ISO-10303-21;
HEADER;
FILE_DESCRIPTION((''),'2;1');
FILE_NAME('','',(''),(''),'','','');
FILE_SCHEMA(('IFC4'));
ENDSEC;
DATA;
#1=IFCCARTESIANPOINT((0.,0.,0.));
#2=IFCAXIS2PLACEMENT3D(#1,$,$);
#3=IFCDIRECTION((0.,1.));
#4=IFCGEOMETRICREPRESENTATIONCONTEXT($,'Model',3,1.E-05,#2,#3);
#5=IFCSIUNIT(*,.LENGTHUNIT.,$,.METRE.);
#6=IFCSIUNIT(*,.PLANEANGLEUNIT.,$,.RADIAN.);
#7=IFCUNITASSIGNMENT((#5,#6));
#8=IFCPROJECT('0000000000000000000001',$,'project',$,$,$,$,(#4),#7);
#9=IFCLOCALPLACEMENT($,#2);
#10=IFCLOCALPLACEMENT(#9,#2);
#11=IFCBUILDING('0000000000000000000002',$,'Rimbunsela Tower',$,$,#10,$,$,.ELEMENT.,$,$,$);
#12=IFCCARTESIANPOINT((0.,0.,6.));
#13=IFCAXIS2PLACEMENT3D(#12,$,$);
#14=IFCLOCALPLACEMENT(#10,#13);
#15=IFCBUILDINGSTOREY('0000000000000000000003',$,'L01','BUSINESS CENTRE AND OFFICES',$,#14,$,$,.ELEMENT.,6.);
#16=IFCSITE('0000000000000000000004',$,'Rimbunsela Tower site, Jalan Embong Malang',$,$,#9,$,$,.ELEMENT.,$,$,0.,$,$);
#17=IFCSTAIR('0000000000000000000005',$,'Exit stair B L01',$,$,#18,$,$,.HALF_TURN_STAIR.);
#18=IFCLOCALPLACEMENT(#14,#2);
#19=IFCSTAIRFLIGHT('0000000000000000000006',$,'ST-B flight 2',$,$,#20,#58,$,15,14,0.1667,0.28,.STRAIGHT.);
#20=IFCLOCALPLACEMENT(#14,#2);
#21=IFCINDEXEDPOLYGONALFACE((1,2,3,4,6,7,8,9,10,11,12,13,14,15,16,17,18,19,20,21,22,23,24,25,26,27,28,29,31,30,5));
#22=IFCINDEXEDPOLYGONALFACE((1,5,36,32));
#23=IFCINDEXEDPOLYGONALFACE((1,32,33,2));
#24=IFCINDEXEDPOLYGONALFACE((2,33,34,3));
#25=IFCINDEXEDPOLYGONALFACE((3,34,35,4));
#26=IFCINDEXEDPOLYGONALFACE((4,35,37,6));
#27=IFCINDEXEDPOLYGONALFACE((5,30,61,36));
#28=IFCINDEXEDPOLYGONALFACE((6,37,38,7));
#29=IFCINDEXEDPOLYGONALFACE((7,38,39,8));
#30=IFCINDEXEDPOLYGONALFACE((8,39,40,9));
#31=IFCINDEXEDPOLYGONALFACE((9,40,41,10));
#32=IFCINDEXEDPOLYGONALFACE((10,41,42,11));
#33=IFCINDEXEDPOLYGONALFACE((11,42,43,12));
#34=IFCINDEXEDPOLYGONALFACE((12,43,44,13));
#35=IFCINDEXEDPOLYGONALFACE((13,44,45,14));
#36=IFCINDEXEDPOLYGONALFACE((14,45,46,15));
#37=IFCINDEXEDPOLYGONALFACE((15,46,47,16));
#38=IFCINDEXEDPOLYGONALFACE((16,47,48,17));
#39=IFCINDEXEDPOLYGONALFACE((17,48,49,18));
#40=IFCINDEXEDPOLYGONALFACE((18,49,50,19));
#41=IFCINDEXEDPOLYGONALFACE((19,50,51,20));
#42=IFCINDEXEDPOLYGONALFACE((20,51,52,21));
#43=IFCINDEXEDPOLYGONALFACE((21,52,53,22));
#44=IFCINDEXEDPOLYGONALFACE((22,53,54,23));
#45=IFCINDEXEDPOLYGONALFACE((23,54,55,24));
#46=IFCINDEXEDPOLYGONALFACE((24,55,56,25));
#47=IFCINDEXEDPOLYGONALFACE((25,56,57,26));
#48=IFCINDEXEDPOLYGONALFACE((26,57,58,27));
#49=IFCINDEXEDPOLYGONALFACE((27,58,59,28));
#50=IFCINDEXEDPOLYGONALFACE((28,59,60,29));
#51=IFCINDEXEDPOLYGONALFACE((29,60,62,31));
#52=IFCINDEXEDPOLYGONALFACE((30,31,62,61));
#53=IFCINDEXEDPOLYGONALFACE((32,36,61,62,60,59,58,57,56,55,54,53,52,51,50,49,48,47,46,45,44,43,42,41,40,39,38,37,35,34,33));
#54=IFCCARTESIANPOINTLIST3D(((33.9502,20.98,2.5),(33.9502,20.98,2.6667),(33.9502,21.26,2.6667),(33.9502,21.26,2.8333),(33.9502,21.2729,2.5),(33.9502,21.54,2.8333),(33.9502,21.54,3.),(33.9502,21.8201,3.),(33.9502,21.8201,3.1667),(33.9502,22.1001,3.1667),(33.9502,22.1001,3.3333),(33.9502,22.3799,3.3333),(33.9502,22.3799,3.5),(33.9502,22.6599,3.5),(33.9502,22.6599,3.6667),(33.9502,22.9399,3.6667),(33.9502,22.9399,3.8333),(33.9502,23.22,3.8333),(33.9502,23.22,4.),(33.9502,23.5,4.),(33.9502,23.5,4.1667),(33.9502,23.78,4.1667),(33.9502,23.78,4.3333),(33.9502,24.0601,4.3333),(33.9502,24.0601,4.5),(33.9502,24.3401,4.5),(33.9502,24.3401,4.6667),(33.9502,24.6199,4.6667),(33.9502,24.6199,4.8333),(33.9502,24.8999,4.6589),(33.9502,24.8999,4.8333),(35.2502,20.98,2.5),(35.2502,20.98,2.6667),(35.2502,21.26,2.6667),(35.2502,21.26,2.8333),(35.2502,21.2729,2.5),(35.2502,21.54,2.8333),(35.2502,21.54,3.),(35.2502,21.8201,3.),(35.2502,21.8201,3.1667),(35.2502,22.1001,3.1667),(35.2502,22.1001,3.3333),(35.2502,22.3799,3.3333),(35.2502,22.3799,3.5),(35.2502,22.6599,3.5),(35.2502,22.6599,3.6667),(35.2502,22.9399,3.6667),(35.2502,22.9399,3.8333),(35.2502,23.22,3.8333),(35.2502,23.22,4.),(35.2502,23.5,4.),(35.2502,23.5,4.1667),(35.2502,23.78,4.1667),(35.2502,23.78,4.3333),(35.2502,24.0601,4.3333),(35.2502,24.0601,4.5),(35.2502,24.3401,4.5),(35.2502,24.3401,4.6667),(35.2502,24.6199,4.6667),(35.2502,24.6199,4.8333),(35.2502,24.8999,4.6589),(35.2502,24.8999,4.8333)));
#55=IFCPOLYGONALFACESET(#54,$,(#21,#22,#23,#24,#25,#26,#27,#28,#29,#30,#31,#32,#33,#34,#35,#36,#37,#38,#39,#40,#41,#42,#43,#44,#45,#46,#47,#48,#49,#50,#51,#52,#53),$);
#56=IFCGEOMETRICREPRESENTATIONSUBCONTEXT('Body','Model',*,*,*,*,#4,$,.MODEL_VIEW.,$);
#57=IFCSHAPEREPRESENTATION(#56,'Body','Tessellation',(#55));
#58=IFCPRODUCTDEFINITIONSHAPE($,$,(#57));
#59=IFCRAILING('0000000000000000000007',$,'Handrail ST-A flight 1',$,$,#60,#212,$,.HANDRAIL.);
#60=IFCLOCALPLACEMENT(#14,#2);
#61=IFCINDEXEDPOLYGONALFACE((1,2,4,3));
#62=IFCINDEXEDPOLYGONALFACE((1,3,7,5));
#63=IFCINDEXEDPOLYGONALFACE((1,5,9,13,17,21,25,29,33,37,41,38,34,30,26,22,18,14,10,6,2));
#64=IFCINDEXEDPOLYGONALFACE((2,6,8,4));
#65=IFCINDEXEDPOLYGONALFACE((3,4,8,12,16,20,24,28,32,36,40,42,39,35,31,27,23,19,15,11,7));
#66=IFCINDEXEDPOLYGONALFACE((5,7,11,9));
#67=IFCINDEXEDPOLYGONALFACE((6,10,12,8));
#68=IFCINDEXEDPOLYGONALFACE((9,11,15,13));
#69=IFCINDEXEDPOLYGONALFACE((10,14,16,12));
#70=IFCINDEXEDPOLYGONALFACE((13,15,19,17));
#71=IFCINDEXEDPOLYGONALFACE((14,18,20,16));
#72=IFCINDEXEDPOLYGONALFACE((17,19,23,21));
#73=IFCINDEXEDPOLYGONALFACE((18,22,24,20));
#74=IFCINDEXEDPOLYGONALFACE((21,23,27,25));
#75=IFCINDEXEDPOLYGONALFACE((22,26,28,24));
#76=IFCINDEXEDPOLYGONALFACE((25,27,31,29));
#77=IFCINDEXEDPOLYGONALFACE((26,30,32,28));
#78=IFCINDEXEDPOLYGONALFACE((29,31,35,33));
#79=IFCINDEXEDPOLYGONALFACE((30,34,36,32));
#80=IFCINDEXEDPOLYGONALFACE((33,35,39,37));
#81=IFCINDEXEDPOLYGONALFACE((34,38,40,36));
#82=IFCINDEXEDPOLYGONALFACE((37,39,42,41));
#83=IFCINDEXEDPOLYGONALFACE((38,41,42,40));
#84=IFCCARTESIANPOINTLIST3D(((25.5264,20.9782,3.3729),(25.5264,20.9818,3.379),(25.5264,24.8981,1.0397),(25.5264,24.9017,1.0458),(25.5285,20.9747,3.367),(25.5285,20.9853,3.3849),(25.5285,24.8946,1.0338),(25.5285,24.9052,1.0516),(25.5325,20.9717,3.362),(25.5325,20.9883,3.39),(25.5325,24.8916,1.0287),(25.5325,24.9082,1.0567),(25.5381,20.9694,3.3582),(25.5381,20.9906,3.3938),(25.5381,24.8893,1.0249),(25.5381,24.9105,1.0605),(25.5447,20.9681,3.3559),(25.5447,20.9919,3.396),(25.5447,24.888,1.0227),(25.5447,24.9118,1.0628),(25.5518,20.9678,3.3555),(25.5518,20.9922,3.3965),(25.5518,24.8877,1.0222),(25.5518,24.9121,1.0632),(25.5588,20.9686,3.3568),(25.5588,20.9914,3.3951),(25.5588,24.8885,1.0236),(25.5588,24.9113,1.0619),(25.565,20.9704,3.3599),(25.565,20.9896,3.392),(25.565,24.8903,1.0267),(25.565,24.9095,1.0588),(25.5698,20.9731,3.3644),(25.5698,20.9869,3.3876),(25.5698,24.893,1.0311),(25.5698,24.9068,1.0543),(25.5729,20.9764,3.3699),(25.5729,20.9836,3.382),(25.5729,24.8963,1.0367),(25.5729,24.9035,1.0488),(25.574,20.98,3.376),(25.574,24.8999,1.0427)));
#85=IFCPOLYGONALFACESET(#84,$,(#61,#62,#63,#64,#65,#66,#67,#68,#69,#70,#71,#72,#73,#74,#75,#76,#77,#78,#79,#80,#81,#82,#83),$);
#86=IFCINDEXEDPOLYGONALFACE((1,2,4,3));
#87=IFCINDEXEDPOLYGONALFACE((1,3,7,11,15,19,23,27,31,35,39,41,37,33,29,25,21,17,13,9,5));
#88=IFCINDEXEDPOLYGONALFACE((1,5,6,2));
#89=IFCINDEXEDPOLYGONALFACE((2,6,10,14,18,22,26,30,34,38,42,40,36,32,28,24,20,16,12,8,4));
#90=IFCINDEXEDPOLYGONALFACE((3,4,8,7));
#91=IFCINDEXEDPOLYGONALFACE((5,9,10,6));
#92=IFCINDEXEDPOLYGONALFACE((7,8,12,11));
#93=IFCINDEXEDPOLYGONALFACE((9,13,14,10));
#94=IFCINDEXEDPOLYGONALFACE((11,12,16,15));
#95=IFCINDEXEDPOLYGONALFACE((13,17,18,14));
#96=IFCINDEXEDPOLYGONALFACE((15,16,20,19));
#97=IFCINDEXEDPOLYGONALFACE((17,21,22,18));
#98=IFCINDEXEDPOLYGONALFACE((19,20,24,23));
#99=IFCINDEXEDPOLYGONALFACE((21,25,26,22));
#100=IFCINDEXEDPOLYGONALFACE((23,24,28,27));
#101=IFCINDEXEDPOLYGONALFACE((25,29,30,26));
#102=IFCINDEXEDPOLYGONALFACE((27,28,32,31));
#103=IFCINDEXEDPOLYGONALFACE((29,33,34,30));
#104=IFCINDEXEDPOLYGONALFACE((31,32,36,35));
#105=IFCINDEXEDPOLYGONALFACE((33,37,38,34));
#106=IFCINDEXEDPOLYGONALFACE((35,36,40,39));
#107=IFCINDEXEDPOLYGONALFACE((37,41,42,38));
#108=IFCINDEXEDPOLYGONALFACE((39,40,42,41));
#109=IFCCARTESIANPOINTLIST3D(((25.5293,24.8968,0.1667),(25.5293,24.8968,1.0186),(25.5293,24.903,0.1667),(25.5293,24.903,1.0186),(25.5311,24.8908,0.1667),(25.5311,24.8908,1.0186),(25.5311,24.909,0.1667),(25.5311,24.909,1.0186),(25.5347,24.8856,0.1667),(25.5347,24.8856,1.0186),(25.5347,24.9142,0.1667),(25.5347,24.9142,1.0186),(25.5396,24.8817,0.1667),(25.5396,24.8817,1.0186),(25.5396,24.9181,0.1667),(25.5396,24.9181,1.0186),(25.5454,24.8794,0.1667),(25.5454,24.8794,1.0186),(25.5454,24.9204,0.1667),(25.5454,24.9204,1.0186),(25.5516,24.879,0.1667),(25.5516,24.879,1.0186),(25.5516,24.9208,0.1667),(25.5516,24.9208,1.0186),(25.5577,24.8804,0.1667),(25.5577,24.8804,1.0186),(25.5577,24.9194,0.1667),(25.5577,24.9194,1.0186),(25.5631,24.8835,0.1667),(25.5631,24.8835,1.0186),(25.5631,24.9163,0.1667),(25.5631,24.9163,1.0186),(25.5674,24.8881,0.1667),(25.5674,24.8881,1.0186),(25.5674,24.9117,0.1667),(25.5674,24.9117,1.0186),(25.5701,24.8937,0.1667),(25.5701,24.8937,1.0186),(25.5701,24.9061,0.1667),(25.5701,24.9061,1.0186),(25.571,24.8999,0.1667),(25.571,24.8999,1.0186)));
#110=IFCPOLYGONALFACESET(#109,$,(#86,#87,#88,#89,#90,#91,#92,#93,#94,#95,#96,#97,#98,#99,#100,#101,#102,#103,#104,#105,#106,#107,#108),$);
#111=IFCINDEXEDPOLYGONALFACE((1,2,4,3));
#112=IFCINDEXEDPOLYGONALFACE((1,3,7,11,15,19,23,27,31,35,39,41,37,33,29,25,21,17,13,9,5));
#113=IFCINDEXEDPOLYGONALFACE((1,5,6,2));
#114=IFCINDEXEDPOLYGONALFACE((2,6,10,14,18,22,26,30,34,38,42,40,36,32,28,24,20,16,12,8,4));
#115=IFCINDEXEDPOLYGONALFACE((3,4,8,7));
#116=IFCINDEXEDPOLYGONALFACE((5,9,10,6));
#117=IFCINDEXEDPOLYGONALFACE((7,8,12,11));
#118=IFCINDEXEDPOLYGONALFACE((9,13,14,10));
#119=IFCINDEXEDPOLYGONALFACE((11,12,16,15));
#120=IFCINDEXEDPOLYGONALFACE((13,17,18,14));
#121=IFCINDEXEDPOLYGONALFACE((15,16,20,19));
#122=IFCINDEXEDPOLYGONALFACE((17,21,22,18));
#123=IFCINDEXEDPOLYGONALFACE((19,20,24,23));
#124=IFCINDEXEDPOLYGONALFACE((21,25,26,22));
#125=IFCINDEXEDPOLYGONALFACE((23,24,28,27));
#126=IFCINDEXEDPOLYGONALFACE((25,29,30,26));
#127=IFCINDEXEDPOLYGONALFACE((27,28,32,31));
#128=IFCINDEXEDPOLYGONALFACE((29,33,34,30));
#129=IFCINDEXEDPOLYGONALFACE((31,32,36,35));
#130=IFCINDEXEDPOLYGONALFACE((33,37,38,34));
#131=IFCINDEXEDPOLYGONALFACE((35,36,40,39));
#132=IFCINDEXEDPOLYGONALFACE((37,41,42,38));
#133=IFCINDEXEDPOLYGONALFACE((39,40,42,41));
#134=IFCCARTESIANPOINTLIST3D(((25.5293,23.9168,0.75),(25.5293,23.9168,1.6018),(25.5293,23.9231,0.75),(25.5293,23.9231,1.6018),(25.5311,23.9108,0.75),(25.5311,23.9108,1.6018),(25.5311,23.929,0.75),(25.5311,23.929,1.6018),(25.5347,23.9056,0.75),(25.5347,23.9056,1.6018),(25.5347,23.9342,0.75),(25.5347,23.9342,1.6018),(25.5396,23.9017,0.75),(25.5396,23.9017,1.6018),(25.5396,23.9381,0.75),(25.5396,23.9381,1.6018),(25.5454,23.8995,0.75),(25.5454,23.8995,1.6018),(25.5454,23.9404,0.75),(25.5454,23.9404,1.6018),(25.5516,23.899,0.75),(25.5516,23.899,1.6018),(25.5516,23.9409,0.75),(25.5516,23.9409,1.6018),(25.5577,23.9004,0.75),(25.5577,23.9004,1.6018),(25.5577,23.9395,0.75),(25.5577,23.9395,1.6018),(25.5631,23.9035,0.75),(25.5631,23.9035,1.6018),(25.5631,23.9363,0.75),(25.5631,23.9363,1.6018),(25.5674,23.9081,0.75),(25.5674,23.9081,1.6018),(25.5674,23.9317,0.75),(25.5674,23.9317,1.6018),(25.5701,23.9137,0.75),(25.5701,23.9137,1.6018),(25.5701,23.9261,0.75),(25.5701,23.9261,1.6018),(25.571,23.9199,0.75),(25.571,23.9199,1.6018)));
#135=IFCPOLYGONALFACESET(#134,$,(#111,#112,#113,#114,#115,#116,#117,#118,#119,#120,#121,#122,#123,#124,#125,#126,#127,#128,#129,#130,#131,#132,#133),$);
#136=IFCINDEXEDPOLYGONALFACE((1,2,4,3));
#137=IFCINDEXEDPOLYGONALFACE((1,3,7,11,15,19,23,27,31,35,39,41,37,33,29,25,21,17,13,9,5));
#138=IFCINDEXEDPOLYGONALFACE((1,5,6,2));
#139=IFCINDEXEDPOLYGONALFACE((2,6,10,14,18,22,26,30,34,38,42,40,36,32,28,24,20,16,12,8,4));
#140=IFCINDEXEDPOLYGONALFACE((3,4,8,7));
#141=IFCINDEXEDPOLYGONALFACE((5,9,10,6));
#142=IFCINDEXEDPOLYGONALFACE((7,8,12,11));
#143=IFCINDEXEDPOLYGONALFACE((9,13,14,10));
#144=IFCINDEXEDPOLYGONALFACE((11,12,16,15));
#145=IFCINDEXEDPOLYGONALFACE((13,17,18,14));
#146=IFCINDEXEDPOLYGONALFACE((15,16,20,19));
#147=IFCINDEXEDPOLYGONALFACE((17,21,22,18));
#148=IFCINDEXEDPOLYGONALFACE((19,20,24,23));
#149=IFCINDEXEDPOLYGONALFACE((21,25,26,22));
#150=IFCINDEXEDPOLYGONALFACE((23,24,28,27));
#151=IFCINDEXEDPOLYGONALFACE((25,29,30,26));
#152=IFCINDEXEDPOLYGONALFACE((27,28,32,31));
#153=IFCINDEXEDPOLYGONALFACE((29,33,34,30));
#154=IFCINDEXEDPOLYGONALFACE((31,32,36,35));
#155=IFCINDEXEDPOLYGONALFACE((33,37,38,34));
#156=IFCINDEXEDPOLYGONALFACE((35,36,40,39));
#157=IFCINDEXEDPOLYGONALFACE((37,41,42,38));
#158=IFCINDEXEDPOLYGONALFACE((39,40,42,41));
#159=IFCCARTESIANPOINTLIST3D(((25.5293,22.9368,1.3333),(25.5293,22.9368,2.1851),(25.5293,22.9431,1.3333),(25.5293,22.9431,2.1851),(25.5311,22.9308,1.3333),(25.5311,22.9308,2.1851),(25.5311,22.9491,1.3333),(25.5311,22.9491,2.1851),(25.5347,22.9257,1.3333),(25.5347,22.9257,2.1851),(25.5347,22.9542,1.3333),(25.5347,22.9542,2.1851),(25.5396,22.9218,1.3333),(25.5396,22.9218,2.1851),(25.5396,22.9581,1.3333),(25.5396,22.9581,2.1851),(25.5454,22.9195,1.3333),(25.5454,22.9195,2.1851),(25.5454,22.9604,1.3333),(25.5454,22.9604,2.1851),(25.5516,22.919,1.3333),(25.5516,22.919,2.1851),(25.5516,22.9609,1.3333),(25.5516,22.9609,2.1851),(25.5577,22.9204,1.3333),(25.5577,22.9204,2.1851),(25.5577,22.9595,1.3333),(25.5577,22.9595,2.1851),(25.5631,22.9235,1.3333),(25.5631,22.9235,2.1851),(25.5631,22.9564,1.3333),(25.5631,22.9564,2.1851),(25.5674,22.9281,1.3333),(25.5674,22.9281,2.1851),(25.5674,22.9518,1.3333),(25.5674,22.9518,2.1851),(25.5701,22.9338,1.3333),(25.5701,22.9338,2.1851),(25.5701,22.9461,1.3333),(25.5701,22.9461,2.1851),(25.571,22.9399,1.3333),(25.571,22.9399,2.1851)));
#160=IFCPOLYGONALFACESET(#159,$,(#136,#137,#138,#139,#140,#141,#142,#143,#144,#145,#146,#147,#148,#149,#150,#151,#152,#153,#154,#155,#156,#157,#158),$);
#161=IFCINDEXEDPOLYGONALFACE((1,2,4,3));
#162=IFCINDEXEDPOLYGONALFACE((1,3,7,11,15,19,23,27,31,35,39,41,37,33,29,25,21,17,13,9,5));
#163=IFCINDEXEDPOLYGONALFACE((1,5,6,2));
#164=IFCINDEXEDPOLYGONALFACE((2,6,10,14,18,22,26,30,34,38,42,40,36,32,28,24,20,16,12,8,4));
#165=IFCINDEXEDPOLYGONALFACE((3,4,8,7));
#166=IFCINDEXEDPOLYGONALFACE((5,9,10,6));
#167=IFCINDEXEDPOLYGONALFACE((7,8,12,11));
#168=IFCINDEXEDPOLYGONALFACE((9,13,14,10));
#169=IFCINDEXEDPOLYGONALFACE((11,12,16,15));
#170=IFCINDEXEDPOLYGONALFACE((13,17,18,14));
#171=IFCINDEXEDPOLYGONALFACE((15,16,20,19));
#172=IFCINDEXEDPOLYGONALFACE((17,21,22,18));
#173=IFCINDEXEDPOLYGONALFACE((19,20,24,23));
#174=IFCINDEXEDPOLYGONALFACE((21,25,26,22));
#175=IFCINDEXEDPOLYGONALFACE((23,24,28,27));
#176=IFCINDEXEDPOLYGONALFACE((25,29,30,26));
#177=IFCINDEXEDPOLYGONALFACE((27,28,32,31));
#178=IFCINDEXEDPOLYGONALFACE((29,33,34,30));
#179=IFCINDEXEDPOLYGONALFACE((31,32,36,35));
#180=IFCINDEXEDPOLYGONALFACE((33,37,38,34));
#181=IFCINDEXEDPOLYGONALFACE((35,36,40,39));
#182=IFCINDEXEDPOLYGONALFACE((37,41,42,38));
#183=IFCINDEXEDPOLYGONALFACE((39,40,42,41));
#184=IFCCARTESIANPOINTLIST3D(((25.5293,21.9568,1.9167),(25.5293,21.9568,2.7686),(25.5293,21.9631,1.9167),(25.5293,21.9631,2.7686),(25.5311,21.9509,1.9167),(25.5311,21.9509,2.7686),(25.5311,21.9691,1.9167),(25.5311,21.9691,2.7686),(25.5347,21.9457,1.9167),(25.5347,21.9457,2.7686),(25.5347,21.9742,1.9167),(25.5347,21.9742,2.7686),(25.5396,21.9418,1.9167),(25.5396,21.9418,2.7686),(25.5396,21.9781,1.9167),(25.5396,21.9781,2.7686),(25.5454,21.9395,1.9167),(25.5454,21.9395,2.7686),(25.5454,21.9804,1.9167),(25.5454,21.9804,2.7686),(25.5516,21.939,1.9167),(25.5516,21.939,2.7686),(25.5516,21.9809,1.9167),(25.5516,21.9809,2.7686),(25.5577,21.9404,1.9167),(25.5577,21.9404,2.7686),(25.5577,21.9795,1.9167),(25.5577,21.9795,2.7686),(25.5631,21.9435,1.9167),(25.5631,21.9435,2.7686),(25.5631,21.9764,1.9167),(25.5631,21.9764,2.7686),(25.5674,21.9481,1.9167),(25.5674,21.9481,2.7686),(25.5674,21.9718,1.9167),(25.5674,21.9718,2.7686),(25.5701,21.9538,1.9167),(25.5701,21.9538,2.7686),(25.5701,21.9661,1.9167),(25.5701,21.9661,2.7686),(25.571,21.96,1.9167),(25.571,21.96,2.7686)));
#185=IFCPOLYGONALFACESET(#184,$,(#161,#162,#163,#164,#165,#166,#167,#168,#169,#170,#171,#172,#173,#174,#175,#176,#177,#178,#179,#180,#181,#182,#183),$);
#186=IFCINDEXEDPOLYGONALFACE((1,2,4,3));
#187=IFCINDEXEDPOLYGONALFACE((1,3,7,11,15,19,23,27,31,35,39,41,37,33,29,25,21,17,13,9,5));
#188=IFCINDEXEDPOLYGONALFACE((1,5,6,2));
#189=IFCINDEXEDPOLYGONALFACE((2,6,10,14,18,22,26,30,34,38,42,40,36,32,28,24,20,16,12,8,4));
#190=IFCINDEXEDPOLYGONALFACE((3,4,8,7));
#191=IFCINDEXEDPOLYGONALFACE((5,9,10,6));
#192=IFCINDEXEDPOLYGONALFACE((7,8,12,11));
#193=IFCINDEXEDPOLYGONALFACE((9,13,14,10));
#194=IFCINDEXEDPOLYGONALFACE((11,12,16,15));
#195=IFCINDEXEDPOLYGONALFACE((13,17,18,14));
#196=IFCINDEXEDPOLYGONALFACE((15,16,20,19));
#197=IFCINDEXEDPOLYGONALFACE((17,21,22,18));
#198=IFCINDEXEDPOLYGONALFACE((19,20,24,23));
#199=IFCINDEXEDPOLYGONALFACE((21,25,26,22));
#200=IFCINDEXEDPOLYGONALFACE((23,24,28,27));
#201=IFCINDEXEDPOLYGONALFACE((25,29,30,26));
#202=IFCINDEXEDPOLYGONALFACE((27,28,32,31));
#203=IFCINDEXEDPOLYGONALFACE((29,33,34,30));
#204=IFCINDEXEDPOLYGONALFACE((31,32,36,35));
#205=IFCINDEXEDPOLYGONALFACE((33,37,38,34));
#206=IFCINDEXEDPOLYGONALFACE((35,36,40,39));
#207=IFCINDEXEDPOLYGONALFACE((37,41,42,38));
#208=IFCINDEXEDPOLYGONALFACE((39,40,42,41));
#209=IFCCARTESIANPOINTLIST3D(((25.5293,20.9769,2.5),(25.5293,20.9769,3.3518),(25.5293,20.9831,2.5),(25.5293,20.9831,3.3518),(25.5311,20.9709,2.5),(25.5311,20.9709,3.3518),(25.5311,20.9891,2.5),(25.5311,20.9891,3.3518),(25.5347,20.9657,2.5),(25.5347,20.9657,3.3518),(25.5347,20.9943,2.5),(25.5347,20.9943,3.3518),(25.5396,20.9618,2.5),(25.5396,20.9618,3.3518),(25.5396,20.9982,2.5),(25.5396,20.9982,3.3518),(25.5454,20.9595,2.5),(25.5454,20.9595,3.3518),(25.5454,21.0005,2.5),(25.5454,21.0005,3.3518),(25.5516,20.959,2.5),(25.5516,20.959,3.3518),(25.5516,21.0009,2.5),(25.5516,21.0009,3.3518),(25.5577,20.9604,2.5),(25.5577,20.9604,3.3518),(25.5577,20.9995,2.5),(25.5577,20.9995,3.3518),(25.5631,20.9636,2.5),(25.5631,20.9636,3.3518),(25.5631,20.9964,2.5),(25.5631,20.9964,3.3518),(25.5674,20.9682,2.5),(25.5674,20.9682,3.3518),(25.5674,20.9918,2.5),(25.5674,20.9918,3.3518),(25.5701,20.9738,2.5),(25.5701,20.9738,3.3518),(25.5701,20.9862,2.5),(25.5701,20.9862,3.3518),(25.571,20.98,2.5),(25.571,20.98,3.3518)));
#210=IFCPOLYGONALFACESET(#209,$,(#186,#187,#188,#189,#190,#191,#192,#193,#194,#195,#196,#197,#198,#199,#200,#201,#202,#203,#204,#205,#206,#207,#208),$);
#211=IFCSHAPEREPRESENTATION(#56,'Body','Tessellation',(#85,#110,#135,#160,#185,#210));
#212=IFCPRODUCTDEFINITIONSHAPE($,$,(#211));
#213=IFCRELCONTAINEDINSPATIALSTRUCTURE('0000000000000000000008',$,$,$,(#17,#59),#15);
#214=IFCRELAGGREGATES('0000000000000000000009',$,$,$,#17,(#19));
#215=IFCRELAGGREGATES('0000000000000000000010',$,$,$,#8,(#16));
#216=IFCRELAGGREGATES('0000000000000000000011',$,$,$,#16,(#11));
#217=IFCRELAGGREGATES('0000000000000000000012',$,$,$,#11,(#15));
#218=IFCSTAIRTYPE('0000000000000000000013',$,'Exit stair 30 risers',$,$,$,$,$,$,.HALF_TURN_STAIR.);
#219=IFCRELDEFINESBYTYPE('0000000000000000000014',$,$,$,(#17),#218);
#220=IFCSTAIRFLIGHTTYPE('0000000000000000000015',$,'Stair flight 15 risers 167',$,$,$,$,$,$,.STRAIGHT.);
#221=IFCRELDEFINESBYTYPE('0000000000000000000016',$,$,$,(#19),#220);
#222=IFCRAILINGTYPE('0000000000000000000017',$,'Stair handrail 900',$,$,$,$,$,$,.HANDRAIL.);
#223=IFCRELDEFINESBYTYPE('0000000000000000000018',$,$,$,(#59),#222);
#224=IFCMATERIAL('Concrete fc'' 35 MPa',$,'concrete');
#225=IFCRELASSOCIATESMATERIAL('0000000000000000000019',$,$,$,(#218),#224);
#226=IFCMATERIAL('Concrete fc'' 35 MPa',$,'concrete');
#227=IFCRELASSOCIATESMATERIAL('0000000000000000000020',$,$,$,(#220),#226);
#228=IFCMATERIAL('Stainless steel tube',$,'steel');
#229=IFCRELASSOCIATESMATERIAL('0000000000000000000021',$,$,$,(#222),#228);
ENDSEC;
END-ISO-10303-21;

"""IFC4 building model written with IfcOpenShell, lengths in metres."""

from ifc_helpers import new_model, si_unit, direction, frame, origin, origin_2d, place, context, subcontext, project, spatial, polyline, circle, outline, extrude, material, type_object, element, aggregate, save


model = new_model("IFC4")

# Units and contexts
model_context = context("Model", 3, precision=1e-05, world=origin(), true_north=direction((0.0, 1.0)))
body_context = subcontext(model_context, "Body", "Model", "MODEL_VIEW")
ifc_project = project(units=[si_unit("LENGTHUNIT", "METRE"), si_unit("PLANEANGLEUNIT", "RADIAN")], contexts=[model_context])

# Site, building, storey
site_placement = place(None, origin())
site = spatial("IfcSite", under=ifc_project, at=site_placement, Name="Rimbunsela Tower site, Jalan Embong Malang", CompositionType="ELEMENT", RefElevation=0.0)
building_placement = place(site_placement, origin())
building = spatial("IfcBuilding", under=site, at=building_placement, Name="Rimbunsela Tower", CompositionType="ELEMENT")
storey_placement = place(building_placement, frame((0.0, 0.0, 6.0)))
storey = spatial("IfcBuildingStorey", under=building, at=storey_placement, Name="L01", Description="BUSINESS CENTRE AND OFFICES", CompositionType="ELEMENT", Elevation=6.0)

# Stair, stair flight
ifc_material_1 = material(Name="Concrete fc' 35 MPa", Category="concrete")
stair_type = type_object("IfcStairType", Name="Exit stair 30 risers", PredefinedType="HALF_TURN_STAIR", material=ifc_material_1)
ifc_material_2 = material(Name="Concrete fc' 35 MPa", Category="concrete")
stair_flight_type = type_object("IfcStairFlightType", Name="Stair flight 15 risers 167", PredefinedType="STRAIGHT", material=ifc_material_2)
stair_1_placement = place(storey_placement, origin())
stair_1 = element("IfcStair", 1, at=stair_1_placement, inside=storey, type_object=stair_type, Name="Exit stair B L01", PredefinedType="HALF_TURN_STAIR")
stair_flight_1_placement = place(storey_placement, frame((34.6001, 20.98, 2.5), z_axis=(0.0, 0.0, 1.0), x_axis=(0.0, 1.0, 0.0)))
stair_flight_1 = element("IfcStairFlight", 2, at=stair_flight_1_placement, type_object=stair_flight_type, Name="ST-B flight 2", NumberOfRisers=15, NumberOfTreads=14, PredefinedType="STRAIGHT", RiserHeight=0.1667, TreadLength=0.28, context=body_context, shape_type="SweptSolid", body=[
    extrude(outline(polyline([(0.0, 0.0), (0.0, 0.1667), (0.28, 0.1667), (0.28, 0.3333), (0.5601, 0.3333), (0.5601, 0.5), (0.8401, 0.5), (0.8401, 0.6667), (1.1201, 0.6667), (1.1201, 0.8333), (1.3999, 0.8333), (1.3999, 1.0), (1.6799, 1.0), (1.6799, 1.1667), (1.96, 1.1667), (1.96, 1.3333), (2.24, 1.3333), (2.24, 1.5), (2.52, 1.5), (2.52, 1.6667), (2.8, 1.6667), (2.8, 1.8333), (3.0801, 1.8333), (3.0801, 2.0), (3.3601, 2.0), (3.3601, 2.1667), (3.6399, 2.1667), (3.6399, 2.3333), (3.9199, 2.3333), (3.9199, 2.5), (3.9199, 2.1589), (0.293, 0.0), (0.0, 0.0)])), frame((0.0, 0.6499, 0.0), z_axis=(0.0, -1.0, 0.0), x_axis=(1.0, 0.0, 0.0)), (0.0, 0.0, 1.0), 1.3),
])
aggregate(stair_1, [stair_flight_1])

# Railing
ifc_material_3 = material(Name="Stainless steel tube", Category="steel")
railing_type = type_object("IfcRailingType", Name="Stair handrail 900", PredefinedType="HANDRAIL", material=ifc_material_3)
railing_1_placement = place(storey_placement, frame((25.55, 24.8999, 0.1667)))
element("IfcRailing", 3, at=railing_1_placement, inside=storey, type_object=railing_type, Name="Handrail ST-A flight 1", PredefinedType="HANDRAIL", context=body_context, shape_type="SweptSolid", body=[
    extrude(circle(Radius=0.0239, at=origin_2d()), frame((0.0, 0.0, 0.876), z_axis=(0.0, -0.859296, 0.511478), x_axis=(1.0, 0.0, 0.0)), (0.0, 0.0, 1.0), 4.5618),
    extrude(circle(Radius=0.021, at=origin_2d()), origin(), (0.0, 0.0, 1.0), 0.8518),
    extrude(circle(Radius=0.021, at=origin_2d()), frame((0.0, -0.98, 0.5833)), (0.0, 0.0, 1.0), 0.8518),
    extrude(circle(Radius=0.021, at=origin_2d()), frame((0.0, -1.96, 1.1665)), (0.0, 0.0, 1.0), 0.8518),
    extrude(circle(Radius=0.021, at=origin_2d()), frame((0.0, -2.9399, 1.75)), (0.0, 0.0, 1.0), 0.8518),
    extrude(circle(Radius=0.021, at=origin_2d()), frame((0.0, -3.9199, 2.3333)), (0.0, 0.0, 1.0), 0.8518),
])

save(model, "model.ifc")
